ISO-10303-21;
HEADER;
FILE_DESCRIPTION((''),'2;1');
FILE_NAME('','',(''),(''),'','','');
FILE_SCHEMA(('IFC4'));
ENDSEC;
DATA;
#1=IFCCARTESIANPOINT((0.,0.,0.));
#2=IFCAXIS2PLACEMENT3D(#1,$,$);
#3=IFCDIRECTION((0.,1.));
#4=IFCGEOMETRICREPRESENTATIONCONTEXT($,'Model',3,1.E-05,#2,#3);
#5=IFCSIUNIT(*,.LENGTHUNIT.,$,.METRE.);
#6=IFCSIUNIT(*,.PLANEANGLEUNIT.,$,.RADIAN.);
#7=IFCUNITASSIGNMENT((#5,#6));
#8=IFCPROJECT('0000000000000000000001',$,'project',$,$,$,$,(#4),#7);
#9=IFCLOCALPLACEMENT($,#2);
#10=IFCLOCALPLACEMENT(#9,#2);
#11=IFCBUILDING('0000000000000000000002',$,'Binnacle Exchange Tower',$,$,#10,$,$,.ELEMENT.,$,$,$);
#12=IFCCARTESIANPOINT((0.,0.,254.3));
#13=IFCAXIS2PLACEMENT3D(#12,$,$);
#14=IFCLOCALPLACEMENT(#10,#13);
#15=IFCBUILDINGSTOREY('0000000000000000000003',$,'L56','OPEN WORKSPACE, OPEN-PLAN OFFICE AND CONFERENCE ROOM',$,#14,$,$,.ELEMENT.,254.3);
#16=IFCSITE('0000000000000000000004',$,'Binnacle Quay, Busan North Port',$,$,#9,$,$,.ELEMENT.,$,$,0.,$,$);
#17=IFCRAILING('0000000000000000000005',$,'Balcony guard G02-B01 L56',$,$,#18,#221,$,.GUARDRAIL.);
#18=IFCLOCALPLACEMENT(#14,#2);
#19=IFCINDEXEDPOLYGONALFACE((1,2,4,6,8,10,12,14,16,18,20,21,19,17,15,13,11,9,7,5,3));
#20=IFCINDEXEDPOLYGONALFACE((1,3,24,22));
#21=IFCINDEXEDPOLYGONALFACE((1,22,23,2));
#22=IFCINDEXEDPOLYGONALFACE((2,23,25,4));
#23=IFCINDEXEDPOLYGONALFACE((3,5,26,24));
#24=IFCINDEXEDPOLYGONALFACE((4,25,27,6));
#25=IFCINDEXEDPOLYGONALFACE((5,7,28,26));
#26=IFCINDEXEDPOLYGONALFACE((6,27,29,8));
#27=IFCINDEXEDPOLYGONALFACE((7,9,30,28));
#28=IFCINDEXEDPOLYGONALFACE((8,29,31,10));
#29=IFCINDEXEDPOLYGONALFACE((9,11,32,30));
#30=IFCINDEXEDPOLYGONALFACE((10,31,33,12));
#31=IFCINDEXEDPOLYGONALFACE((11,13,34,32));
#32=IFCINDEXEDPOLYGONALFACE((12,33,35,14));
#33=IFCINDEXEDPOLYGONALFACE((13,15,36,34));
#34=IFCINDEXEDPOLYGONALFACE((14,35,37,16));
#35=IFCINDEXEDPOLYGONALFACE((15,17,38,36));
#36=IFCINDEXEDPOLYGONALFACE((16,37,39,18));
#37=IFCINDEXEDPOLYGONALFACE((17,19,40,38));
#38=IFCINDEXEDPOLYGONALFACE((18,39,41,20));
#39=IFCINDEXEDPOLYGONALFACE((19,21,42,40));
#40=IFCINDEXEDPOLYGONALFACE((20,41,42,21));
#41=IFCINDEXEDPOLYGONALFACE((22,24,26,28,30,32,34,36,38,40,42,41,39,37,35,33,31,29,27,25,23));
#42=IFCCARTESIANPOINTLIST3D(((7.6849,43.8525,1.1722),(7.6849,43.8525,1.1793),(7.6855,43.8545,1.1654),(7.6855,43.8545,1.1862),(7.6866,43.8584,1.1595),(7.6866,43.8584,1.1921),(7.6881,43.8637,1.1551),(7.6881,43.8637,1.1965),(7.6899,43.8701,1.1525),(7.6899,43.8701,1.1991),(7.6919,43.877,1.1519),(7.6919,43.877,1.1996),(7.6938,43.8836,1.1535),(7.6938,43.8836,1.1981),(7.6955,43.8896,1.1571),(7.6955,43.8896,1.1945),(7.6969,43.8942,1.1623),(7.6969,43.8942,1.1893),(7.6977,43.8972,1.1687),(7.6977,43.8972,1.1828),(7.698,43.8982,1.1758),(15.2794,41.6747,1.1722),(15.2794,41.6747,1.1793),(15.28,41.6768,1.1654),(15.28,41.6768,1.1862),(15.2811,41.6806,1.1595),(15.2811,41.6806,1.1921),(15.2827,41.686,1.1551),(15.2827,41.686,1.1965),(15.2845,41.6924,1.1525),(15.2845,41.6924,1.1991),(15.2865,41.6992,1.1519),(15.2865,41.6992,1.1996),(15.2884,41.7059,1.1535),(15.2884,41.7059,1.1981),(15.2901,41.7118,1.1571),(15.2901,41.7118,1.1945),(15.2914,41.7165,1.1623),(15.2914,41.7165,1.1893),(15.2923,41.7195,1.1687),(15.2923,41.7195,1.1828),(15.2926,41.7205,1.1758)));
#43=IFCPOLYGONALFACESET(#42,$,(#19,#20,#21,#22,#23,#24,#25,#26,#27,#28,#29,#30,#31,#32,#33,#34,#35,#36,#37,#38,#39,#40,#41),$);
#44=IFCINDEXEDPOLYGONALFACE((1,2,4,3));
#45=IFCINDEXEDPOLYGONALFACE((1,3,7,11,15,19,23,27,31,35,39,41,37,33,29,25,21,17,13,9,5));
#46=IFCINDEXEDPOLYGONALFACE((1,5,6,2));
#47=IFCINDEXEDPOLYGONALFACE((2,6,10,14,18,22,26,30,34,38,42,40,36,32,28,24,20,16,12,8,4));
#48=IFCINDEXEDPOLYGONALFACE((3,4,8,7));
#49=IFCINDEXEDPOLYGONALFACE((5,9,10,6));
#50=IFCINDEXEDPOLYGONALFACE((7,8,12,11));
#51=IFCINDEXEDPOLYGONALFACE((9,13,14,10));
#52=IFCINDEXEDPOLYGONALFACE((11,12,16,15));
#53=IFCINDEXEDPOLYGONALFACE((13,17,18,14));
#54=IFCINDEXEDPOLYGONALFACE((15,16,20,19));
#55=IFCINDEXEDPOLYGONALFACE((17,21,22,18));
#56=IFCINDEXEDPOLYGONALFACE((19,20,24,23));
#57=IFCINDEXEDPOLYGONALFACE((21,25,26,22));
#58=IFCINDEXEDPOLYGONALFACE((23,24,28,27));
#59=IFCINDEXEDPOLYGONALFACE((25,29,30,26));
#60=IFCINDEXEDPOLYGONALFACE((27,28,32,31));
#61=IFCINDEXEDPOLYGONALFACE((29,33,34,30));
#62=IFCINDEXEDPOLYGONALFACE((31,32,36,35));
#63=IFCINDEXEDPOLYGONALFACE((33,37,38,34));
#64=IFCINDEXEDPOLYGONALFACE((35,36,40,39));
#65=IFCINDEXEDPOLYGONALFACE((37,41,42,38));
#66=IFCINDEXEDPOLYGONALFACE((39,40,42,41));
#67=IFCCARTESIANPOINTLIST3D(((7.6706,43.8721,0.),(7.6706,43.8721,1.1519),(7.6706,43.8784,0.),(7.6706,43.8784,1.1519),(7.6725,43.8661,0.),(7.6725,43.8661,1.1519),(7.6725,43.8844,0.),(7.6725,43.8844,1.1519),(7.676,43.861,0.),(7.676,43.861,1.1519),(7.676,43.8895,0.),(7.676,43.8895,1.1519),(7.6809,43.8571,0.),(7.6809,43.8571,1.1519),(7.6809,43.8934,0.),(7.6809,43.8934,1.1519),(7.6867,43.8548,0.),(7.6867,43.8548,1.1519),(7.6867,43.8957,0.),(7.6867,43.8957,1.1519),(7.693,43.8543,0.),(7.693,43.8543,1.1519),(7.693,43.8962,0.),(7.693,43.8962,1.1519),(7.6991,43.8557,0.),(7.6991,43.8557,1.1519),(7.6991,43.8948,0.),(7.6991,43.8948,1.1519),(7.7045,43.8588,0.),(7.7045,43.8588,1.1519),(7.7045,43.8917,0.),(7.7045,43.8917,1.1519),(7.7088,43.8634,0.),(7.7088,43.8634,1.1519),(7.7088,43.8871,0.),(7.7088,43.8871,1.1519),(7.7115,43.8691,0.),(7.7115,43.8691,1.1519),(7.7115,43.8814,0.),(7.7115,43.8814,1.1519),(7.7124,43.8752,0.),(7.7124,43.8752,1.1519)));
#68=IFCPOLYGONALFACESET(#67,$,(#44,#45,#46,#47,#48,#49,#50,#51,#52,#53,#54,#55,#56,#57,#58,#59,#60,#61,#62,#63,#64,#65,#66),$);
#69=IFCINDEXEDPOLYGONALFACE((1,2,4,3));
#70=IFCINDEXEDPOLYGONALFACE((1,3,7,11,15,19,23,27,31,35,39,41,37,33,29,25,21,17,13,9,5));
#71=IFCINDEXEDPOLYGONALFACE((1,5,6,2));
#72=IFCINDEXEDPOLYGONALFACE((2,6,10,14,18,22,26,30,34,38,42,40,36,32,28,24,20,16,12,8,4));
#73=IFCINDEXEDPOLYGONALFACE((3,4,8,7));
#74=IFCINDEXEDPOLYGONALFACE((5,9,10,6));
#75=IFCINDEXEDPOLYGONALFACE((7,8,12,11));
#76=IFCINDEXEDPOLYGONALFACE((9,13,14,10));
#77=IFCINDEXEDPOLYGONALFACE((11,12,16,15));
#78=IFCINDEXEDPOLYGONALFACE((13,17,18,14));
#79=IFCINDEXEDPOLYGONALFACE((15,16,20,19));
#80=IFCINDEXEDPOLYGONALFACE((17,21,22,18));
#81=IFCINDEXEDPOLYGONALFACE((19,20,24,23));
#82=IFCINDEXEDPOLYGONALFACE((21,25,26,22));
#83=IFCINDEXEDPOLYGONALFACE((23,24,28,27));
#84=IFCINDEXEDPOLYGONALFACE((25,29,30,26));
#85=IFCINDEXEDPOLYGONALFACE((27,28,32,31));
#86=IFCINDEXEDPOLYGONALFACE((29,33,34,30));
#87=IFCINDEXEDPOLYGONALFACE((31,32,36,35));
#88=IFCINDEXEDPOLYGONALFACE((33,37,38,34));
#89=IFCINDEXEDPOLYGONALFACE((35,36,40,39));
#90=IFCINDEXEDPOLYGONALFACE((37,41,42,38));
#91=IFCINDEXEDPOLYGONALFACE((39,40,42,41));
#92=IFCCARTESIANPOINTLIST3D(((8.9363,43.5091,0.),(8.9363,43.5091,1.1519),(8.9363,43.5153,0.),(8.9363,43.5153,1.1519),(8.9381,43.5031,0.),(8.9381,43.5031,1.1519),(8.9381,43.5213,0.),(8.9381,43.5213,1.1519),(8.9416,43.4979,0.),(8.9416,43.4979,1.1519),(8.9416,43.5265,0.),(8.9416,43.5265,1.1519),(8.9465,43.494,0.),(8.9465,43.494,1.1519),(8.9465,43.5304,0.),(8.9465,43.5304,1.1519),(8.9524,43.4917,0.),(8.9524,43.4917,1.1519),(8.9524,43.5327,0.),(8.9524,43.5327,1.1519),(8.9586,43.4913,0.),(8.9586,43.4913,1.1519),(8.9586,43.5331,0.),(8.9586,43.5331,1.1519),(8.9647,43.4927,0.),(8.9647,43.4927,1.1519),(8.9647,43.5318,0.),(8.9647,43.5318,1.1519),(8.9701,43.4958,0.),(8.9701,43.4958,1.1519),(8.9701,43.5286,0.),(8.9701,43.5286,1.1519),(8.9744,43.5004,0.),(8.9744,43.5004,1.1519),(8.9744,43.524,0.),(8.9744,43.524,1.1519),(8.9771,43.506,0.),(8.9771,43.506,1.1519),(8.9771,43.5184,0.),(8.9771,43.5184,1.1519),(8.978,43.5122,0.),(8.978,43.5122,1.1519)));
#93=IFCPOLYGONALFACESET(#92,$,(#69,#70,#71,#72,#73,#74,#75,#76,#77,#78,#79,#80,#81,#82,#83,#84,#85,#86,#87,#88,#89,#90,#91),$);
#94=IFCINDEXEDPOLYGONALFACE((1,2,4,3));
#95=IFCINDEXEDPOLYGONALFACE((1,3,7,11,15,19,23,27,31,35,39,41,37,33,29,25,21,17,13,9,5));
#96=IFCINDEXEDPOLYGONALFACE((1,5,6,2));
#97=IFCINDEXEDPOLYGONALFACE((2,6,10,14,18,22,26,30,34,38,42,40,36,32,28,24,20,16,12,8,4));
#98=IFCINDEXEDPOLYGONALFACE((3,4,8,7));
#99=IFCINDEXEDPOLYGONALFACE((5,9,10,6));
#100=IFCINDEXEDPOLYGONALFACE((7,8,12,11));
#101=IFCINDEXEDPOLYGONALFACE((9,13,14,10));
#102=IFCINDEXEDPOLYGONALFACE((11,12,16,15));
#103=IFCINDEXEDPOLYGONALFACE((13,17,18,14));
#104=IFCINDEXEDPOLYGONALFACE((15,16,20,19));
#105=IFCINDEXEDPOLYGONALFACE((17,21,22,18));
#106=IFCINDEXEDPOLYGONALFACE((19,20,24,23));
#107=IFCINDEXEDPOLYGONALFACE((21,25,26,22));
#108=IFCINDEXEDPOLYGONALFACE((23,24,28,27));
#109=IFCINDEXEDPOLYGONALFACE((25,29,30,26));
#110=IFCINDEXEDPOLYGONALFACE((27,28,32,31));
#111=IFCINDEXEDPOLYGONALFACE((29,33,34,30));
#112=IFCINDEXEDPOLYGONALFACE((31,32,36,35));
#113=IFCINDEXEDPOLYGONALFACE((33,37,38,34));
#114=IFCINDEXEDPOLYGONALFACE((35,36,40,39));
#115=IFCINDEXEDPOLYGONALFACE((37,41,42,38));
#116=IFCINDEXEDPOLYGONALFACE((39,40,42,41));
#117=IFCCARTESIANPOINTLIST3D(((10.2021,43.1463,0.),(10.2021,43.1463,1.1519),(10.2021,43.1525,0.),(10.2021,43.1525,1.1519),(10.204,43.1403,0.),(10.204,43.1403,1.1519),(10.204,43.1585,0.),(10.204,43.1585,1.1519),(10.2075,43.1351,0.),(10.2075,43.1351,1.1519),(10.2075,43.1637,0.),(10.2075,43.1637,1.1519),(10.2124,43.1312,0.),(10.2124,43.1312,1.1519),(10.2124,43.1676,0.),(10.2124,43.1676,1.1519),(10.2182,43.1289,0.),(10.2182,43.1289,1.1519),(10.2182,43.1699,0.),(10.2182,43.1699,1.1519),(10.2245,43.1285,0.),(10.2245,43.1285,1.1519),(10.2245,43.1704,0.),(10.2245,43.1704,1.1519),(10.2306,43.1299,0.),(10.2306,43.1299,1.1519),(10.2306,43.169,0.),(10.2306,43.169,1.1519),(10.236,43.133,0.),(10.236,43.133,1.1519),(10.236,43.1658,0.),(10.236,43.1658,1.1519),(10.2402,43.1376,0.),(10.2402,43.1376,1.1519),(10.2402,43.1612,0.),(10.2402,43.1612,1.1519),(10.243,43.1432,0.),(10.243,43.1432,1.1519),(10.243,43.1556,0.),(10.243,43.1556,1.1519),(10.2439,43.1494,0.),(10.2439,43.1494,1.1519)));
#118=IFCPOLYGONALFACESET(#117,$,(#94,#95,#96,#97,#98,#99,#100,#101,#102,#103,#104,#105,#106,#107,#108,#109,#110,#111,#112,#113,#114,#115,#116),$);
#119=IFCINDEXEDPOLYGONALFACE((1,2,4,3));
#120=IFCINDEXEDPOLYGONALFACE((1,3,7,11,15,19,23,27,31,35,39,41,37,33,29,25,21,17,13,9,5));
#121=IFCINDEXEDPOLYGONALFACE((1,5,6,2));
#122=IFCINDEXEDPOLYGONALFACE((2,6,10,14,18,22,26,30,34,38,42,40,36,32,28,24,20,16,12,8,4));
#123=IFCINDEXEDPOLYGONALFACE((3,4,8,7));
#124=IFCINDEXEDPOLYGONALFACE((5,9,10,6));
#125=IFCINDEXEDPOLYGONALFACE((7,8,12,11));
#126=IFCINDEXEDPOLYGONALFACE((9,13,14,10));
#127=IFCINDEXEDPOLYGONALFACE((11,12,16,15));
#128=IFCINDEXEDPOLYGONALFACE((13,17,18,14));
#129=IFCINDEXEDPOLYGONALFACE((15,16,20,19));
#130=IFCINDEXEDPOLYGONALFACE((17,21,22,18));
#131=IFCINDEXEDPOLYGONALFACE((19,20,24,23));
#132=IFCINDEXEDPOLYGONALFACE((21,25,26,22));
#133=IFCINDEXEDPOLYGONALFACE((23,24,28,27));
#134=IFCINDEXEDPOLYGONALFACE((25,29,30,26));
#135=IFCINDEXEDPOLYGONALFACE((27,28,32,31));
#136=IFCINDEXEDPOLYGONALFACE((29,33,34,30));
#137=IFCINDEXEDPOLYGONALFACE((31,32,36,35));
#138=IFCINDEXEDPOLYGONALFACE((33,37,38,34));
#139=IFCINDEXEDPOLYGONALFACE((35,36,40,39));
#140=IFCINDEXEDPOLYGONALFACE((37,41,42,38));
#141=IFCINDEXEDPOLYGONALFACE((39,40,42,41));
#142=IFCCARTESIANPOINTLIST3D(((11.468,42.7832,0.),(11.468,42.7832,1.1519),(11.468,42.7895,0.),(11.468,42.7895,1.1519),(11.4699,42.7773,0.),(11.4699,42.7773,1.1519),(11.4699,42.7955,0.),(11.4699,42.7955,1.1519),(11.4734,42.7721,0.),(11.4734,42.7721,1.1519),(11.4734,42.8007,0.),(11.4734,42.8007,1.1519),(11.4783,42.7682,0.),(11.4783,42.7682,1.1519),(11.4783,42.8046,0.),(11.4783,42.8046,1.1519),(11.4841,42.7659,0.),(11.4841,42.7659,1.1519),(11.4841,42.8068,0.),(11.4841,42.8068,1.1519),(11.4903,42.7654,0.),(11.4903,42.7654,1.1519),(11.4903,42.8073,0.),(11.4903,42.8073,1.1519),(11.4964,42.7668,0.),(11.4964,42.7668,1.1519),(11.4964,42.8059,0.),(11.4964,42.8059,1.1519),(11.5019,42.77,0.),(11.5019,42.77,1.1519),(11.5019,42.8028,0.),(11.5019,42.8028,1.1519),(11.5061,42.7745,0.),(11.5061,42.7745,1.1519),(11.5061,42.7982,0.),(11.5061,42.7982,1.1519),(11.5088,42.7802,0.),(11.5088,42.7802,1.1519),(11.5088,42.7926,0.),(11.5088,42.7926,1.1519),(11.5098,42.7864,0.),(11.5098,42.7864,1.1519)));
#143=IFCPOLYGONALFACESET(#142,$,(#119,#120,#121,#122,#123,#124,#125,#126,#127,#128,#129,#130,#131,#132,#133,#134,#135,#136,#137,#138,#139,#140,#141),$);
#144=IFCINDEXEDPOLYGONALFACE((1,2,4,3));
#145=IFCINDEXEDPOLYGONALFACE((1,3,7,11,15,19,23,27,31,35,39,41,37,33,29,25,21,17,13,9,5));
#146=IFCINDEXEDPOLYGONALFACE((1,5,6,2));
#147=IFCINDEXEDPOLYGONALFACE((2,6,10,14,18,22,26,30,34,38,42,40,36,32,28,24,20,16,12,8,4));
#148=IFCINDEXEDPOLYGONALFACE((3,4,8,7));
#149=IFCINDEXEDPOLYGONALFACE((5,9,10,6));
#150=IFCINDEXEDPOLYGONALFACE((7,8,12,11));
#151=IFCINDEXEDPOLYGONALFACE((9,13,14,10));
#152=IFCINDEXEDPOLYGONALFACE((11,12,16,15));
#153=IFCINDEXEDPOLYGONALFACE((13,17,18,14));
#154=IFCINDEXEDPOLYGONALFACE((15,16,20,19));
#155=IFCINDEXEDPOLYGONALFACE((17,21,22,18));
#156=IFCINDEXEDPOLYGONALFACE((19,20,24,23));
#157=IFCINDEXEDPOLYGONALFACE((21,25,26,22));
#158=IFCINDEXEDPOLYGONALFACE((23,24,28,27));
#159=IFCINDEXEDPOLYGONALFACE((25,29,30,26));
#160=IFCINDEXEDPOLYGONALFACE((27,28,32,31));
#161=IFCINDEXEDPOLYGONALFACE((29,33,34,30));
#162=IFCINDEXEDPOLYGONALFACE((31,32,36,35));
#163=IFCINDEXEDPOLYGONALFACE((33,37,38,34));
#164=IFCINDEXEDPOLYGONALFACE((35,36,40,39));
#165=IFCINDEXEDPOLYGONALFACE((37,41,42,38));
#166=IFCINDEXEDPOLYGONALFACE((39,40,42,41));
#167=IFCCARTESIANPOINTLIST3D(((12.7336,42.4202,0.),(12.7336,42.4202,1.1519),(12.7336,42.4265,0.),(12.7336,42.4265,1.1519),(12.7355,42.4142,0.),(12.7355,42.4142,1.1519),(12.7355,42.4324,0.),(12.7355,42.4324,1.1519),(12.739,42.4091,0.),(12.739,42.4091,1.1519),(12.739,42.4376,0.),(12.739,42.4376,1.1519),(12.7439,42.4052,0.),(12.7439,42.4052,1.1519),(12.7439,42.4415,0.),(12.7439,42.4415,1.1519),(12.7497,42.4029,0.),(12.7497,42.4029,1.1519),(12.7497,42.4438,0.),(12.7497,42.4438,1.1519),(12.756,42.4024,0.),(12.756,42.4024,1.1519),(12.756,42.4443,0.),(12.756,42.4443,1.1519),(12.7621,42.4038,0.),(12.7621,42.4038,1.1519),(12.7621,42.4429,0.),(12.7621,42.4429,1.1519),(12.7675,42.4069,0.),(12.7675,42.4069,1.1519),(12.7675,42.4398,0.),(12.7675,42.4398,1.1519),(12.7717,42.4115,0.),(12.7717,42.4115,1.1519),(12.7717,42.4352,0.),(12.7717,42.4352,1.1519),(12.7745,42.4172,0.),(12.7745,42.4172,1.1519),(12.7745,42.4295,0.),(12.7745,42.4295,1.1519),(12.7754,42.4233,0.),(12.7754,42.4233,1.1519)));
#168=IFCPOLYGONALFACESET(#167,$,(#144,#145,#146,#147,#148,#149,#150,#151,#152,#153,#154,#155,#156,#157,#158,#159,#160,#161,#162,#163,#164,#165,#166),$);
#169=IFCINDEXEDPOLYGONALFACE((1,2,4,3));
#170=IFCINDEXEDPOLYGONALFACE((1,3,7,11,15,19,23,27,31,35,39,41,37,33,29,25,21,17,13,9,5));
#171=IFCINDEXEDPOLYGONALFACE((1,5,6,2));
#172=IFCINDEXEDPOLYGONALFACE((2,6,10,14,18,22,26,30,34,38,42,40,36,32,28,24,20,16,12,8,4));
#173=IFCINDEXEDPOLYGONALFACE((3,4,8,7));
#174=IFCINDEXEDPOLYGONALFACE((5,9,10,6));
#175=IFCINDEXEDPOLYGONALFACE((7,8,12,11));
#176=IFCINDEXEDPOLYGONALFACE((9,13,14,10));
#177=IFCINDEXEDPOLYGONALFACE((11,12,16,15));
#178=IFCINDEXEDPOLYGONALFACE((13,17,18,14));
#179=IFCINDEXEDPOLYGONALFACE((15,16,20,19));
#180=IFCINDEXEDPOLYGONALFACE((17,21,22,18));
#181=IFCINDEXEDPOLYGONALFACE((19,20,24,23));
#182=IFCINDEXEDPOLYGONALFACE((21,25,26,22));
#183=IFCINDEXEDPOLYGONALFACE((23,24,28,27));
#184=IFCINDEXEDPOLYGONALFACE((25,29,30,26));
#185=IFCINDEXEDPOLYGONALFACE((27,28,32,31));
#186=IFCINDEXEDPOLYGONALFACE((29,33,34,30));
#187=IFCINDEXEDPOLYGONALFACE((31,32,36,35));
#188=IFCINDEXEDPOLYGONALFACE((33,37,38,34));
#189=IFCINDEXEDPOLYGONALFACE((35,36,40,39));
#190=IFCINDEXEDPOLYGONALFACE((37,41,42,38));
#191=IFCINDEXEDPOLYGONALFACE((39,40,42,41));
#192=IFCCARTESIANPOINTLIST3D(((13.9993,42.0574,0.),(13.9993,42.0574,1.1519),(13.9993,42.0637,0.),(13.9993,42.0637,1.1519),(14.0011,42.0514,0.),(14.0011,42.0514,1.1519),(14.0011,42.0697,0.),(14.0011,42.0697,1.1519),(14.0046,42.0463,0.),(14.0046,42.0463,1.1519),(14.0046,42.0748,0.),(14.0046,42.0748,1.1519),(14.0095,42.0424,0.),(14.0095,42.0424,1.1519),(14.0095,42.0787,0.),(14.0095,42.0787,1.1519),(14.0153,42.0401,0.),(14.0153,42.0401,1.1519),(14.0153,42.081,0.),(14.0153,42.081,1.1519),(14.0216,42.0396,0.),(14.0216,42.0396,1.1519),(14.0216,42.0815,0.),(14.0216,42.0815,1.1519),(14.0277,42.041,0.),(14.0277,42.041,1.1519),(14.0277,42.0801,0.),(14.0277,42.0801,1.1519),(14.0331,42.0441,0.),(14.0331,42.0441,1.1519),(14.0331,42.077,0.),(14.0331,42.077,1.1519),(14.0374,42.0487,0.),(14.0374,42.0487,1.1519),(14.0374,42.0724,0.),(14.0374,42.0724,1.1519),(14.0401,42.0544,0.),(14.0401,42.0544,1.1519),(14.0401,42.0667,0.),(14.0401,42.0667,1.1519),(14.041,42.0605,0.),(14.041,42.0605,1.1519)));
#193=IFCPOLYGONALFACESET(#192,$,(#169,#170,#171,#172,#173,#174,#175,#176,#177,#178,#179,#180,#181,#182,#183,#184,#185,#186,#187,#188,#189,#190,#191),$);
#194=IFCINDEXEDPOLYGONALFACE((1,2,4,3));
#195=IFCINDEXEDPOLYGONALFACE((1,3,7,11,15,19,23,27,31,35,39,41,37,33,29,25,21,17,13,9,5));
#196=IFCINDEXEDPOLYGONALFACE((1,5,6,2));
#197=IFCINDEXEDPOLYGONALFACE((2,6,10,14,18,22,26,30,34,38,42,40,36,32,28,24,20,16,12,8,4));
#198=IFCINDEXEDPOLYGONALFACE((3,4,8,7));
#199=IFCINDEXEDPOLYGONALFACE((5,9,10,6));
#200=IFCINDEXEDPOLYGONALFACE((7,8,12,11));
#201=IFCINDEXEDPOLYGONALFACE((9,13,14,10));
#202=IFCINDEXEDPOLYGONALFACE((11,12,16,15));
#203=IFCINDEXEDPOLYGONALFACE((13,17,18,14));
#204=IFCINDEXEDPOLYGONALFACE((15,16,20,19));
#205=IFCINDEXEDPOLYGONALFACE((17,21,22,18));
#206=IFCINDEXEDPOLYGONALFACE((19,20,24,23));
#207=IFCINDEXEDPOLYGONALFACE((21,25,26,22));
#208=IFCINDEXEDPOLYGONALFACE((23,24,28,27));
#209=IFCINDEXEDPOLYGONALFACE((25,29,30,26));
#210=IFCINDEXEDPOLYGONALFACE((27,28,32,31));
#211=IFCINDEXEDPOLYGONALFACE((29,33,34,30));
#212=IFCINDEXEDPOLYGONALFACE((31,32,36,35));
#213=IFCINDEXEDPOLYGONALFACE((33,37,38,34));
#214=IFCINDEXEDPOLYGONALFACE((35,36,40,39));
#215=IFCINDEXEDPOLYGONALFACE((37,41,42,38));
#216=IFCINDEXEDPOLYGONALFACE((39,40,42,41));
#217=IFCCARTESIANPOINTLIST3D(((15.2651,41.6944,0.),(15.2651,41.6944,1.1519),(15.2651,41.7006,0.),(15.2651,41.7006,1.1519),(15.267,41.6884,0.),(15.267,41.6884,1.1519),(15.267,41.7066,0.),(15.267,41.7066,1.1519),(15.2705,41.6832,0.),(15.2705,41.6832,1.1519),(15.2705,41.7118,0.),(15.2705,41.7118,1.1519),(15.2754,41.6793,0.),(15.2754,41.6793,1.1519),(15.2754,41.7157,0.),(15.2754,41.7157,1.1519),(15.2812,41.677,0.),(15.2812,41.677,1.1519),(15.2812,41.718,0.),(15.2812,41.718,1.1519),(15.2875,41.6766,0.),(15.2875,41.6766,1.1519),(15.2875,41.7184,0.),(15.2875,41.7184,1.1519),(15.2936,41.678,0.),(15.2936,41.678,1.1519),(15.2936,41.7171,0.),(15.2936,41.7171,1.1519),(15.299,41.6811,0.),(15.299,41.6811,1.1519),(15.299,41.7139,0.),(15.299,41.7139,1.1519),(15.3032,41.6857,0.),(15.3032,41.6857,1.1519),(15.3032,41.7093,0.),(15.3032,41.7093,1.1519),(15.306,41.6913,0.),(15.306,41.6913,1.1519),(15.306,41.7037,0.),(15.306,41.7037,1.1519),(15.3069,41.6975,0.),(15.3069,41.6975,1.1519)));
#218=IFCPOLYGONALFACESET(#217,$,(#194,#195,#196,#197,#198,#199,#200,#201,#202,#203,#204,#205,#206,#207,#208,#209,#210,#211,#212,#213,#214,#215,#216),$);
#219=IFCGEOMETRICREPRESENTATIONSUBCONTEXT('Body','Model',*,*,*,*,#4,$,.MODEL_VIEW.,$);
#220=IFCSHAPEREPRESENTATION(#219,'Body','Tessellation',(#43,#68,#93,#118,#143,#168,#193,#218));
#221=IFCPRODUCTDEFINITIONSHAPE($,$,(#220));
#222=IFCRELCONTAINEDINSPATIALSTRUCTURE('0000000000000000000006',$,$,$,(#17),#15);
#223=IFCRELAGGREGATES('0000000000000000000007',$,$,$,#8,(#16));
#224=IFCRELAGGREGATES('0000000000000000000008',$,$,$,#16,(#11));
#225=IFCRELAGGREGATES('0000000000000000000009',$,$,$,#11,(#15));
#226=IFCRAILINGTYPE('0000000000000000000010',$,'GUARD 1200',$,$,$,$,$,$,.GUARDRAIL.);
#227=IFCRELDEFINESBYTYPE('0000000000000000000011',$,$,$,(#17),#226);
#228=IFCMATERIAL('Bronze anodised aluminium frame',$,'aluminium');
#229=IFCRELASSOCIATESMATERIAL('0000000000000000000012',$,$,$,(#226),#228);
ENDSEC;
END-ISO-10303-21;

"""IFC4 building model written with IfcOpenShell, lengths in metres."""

from ifc_helpers import new_model, si_unit, direction, frame, origin, origin_2d, place, context, subcontext, project, spatial, circle, extrude, material, type_object, element, save


model = new_model("IFC4")

# Units and contexts
model_context = context("Model", 3, precision=1e-05, world=origin(), true_north=direction((0.0, 1.0)))
body_context = subcontext(model_context, "Body", "Model", "MODEL_VIEW")
ifc_project = project(units=[si_unit("LENGTHUNIT", "METRE"), si_unit("PLANEANGLEUNIT", "RADIAN")], contexts=[model_context])

# Site, building, storey
site_placement = place(None, origin())
site = spatial("IfcSite", under=ifc_project, at=site_placement, Name="Binnacle Quay, Busan North Port", CompositionType="ELEMENT", RefElevation=0.0)
building_placement = place(site_placement, origin())
building = spatial("IfcBuilding", under=site, at=building_placement, Name="Binnacle Exchange Tower", CompositionType="ELEMENT")
storey_placement = place(building_placement, frame((0.0, 0.0, 254.3)))
storey = spatial("IfcBuildingStorey", under=building, at=storey_placement, Name="L56", Description="OPEN WORKSPACE, OPEN-PLAN OFFICE AND CONFERENCE ROOM", CompositionType="ELEMENT", Elevation=254.3)

# Shared definitions
ifc_material_1 = material(Name="Bronze anodised aluminium frame", Category="aluminium")

# Railing
railing_type = type_object("IfcRailingType", Name="GUARD 1200", PredefinedType="GUARDRAIL", material=ifc_material_1)
railing_1_placement = place(storey_placement, frame((7.6914, 43.8752, 0.0)))
element("IfcRailing", 1, at=railing_1_placement, inside=storey, type_object=railing_type, Name="Balcony guard G02-B01 L56", PredefinedType="GUARDRAIL", context=body_context, shape_type="SweptSolid", body=[
    extrude(circle(Radius=0.0239, at=origin_2d()), frame((0.0, 0.0, 1.1758), z_axis=(0.96126, -0.275643, 0.0), x_axis=(0.275643, 0.96126, 0.0)), (0.0, 0.0, 1.0), 7.9006),
    extrude(circle(Radius=0.021, at=origin_2d()), origin(), (0.0, 0.0, 1.0), 1.1519),
    extrude(circle(Radius=0.021, at=origin_2d()), frame((1.2656, -0.363, 0.0)), (0.0, 0.0, 1.0), 1.1519),
    extrude(circle(Radius=0.021, at=origin_2d()), frame((2.5315, -0.7258, 0.0)), (0.0, 0.0, 1.0), 1.1519),
    extrude(circle(Radius=0.021, at=origin_2d()), frame((3.7974, -1.0889, 0.0)), (0.0, 0.0, 1.0), 1.1519),
    extrude(circle(Radius=0.021, at=origin_2d()), frame((5.063, -1.4519, 0.0)), (0.0, 0.0, 1.0), 1.1519),
    extrude(circle(Radius=0.021, at=origin_2d()), frame((6.3286, -1.8147, 0.0)), (0.0, 0.0, 1.0), 1.1519),
    extrude(circle(Radius=0.021, at=origin_2d()), frame((7.5945, -2.1777, 0.0)), (0.0, 0.0, 1.0), 1.1519),
])

save(model, "model.ifc")
